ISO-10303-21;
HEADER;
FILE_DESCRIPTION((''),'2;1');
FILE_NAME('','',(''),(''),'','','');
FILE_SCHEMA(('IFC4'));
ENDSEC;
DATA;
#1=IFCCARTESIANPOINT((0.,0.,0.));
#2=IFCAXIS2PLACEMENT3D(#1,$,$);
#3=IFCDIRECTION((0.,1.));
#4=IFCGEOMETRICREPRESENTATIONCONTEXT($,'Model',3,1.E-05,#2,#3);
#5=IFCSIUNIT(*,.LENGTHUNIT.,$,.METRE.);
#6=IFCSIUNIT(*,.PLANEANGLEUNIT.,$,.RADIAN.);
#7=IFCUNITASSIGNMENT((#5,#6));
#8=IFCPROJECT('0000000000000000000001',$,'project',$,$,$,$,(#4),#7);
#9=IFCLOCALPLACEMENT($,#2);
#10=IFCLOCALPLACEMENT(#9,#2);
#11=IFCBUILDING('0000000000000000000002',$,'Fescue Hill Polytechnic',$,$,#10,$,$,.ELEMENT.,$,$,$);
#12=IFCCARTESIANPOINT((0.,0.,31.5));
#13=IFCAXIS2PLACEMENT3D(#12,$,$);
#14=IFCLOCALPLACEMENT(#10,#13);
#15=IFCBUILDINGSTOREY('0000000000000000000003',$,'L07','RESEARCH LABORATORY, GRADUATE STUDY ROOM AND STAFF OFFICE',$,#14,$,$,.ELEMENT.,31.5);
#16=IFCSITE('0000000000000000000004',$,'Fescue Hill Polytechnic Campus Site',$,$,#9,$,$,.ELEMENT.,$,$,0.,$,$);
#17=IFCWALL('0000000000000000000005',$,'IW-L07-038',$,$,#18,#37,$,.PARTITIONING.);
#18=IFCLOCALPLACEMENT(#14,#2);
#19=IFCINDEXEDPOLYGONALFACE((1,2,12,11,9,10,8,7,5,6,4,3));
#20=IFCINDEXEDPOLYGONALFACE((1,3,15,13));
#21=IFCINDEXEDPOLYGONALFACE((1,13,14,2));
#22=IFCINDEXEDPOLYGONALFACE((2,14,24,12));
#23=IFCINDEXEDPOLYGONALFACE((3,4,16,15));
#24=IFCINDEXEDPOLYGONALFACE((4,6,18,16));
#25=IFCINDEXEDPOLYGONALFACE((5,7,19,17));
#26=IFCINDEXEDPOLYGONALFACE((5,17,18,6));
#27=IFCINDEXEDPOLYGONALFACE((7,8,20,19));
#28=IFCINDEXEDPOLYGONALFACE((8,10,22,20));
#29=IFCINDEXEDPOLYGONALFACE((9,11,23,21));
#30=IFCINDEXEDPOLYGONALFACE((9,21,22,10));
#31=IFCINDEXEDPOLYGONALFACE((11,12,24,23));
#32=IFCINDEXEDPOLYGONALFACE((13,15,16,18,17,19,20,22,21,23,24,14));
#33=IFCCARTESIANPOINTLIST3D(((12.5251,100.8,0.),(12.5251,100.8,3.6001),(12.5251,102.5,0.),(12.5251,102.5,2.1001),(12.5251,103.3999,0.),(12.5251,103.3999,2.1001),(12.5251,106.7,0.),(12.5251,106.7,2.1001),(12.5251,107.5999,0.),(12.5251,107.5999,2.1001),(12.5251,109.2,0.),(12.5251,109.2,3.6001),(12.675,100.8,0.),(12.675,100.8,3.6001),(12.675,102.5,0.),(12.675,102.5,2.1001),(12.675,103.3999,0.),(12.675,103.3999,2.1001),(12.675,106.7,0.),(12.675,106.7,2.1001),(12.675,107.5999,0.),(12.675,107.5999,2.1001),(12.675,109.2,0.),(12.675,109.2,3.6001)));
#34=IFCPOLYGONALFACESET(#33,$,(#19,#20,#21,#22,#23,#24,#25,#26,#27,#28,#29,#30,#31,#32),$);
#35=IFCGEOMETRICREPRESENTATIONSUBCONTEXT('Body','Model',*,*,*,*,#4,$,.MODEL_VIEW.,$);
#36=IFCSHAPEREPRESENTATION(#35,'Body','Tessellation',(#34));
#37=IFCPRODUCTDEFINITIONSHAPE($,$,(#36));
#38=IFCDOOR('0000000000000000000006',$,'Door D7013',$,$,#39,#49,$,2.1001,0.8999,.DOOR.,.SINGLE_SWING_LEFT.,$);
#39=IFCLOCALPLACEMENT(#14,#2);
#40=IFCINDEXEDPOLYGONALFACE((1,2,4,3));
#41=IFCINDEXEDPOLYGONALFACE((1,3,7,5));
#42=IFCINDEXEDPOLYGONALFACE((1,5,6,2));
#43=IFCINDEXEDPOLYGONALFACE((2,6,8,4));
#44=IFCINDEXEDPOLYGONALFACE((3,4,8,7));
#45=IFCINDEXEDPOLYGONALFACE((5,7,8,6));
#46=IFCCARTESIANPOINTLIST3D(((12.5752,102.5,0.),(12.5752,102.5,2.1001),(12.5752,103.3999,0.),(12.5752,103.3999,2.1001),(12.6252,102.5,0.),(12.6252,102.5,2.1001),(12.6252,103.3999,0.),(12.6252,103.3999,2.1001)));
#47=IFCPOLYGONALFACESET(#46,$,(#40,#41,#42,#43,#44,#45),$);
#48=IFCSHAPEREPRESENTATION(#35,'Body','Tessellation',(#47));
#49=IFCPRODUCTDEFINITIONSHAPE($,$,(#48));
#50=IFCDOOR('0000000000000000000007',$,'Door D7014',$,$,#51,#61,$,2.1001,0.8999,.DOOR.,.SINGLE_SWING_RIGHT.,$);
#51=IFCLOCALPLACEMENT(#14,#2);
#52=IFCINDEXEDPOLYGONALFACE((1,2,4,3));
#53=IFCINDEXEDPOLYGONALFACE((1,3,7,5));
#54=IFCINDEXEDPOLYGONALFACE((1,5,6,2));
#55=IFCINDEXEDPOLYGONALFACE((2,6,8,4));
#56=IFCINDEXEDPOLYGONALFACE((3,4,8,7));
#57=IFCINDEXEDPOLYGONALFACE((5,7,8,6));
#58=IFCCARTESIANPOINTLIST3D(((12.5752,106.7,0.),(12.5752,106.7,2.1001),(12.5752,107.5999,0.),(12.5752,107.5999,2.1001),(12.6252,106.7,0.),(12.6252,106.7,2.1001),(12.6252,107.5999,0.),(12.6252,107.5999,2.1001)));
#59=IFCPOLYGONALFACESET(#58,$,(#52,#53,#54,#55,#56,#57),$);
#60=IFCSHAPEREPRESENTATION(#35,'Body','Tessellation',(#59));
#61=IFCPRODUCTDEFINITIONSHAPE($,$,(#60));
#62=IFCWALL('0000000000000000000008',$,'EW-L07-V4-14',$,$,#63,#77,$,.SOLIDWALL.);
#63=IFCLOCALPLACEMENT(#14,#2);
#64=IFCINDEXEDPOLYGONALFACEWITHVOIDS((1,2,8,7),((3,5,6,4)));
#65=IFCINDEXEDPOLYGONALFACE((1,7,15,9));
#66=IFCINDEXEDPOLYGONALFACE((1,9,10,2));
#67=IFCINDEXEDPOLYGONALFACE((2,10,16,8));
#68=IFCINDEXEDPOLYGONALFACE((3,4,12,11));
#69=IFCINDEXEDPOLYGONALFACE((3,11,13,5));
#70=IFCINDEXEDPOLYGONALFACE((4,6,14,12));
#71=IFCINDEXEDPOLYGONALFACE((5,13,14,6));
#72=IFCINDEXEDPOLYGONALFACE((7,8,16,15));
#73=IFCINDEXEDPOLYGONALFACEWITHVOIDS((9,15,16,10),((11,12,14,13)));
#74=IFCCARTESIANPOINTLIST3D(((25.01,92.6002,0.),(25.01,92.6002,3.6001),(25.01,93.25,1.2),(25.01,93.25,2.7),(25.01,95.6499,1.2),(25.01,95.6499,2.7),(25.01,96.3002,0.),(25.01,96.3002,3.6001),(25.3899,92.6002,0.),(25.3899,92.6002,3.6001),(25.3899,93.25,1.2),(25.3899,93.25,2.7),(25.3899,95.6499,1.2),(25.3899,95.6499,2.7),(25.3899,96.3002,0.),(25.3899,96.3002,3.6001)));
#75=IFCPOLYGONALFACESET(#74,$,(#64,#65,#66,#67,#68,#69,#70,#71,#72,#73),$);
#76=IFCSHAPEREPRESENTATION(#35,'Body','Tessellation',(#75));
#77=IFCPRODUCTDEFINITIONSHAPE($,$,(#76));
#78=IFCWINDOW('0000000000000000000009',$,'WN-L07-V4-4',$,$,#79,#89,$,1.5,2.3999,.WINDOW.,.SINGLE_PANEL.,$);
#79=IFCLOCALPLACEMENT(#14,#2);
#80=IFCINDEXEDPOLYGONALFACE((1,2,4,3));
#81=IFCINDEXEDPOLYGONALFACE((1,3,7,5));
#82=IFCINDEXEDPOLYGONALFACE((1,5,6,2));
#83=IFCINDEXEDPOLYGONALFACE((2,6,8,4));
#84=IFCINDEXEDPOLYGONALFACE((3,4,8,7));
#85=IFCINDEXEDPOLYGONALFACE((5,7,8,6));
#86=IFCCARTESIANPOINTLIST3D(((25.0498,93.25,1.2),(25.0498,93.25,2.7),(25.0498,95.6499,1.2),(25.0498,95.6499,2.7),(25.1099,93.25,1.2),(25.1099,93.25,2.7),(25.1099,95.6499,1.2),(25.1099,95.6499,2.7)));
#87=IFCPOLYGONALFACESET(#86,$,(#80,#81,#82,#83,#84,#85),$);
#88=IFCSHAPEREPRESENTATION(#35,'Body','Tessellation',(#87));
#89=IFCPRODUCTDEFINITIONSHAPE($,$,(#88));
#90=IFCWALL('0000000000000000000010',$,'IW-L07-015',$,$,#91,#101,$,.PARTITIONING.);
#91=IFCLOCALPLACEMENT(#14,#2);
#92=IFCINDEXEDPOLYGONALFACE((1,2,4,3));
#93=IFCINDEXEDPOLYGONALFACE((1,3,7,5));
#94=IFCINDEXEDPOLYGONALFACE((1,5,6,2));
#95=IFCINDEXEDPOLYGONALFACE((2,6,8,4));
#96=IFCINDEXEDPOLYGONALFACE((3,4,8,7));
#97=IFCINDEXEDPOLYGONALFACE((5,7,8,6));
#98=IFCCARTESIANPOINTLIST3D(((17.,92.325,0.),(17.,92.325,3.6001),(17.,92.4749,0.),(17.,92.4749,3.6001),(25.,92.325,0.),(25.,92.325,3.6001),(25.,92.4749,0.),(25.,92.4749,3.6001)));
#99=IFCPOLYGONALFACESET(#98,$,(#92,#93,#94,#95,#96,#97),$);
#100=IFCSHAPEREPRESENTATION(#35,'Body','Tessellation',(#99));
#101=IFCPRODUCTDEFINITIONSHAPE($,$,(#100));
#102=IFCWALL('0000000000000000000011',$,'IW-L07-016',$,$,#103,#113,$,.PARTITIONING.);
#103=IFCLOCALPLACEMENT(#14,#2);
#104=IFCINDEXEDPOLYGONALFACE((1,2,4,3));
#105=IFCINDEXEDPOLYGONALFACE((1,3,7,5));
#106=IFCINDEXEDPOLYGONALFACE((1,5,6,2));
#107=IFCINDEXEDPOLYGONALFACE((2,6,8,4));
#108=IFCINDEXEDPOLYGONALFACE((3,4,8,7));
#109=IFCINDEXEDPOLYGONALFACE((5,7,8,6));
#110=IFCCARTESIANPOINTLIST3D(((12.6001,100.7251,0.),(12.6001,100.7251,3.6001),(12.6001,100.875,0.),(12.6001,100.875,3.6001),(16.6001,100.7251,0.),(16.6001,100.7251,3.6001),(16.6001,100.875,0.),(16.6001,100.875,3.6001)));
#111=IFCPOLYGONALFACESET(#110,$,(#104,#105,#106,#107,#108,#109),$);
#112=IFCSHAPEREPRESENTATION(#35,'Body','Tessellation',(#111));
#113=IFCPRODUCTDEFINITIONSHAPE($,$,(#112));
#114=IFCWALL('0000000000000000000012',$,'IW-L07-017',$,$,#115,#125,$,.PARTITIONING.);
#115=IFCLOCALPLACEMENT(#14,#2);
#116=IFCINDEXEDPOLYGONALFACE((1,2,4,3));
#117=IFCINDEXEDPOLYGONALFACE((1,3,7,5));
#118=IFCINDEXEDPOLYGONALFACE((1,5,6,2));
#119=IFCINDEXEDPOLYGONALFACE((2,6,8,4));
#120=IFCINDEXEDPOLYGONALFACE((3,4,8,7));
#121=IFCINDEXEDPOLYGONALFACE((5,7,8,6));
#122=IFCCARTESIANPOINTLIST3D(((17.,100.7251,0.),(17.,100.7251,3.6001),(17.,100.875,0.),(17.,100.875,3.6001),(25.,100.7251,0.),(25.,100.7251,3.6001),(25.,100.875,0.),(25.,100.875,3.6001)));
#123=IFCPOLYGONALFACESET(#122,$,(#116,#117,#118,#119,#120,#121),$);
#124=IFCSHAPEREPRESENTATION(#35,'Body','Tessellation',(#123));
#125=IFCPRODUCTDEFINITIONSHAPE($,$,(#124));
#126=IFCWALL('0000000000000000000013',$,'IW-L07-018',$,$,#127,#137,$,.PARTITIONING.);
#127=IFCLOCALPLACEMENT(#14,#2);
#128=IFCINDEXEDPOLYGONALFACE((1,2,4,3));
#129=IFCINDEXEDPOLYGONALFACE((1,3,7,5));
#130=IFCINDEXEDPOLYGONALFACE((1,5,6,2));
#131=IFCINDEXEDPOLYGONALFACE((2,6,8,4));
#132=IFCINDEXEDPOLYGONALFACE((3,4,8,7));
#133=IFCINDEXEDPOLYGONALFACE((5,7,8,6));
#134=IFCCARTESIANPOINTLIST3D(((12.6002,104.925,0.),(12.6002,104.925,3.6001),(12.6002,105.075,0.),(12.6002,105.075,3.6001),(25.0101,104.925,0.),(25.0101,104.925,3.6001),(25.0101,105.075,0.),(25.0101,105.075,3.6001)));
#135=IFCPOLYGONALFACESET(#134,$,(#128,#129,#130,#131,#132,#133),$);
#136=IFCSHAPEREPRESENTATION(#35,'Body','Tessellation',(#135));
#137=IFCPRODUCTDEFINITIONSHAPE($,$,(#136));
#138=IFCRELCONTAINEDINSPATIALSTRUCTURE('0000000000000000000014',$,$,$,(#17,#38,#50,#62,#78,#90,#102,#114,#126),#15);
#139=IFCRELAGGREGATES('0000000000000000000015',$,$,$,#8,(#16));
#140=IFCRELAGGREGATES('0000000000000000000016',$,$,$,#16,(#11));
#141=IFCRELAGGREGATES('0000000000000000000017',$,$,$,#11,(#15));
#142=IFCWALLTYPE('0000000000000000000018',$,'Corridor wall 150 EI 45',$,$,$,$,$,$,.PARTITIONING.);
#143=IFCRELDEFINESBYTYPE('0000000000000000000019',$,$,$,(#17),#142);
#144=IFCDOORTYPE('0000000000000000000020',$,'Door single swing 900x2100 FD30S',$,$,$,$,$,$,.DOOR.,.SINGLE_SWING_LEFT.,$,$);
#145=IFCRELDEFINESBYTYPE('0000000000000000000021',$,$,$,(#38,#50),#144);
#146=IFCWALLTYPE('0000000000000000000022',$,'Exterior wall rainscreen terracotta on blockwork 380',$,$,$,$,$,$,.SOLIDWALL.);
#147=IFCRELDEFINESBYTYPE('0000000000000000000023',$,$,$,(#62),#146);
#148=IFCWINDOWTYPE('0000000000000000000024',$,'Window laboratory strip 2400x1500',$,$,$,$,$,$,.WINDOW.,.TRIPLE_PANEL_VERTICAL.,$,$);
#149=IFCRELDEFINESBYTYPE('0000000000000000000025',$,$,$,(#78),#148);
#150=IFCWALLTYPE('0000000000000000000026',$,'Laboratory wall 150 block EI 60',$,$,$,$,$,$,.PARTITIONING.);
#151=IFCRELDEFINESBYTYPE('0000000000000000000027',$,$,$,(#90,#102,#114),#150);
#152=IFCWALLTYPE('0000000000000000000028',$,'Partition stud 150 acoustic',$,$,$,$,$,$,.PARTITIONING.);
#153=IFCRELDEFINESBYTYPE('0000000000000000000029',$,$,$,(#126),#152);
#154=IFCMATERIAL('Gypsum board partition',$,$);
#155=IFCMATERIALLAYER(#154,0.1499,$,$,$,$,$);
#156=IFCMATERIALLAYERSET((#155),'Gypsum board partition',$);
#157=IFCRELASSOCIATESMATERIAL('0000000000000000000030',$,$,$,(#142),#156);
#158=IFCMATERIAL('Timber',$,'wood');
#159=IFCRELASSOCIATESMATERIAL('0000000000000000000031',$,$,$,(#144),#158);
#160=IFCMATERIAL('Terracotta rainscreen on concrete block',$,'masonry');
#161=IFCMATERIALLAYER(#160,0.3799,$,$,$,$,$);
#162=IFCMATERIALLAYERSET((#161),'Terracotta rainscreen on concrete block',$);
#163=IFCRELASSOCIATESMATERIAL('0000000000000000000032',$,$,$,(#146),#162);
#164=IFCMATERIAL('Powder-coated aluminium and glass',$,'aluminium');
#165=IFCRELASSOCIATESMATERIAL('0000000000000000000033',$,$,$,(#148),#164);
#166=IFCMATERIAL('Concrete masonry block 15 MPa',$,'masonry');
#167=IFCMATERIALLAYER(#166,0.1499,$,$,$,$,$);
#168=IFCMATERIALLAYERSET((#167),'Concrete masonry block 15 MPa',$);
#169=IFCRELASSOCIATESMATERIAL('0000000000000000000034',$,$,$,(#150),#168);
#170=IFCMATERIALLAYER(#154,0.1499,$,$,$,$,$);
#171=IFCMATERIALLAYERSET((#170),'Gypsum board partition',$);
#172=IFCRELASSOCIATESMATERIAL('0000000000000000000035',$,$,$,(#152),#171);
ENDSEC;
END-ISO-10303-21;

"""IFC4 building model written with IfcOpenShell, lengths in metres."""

from ifc_helpers import new_model, si_unit, direction, frame, frame_2d, origin, place, context, subcontext, project, spatial, rectangle, extrude, material, layer, layer_set, type_object, element, fill, save


model = new_model("IFC4")

# Units and contexts
model_context = context("Model", 3, precision=1e-05, world=origin(), true_north=direction((0.0, 1.0)))
body_context = subcontext(model_context, "Body", "Model", "MODEL_VIEW")
ifc_project = project(units=[si_unit("LENGTHUNIT", "METRE"), si_unit("PLANEANGLEUNIT", "RADIAN")], contexts=[model_context])

# Site, building, storey
site_placement = place(None, origin())
site = spatial("IfcSite", under=ifc_project, at=site_placement, Name="Fescue Hill Polytechnic Campus Site", CompositionType="ELEMENT", RefElevation=0.0)
building_placement = place(site_placement, origin())
building = spatial("IfcBuilding", under=site, at=building_placement, Name="Fescue Hill Polytechnic", CompositionType="ELEMENT")
storey_placement = place(building_placement, frame((0.0, 0.0, 31.5)))
storey = spatial("IfcBuildingStorey", under=building, at=storey_placement, Name="L07", Description="RESEARCH LABORATORY, GRADUATE STUDY ROOM AND STAFF OFFICE", CompositionType="ELEMENT", Elevation=31.5)

# Wall, openings, doors
ifc_material_1 = material(Name="Gypsum board partition")
ifc_layer_1 = layer(ifc_material_1, 0.1499)
ifc_layer_set_1 = layer_set([ifc_layer_1], Name="Gypsum board partition")
wall_type_1 = type_object("IfcWallType", Name="Corridor wall 150 EI 45", PredefinedType="PARTITIONING", material=ifc_layer_set_1)
wall_1_placement = place(storey_placement, frame((12.6001, 100.8, 0.0), z_axis=(0.0, 0.0, 1.0), x_axis=(0.0, 1.0, 0.0)))
wall_1 = element("IfcWall", 1, at=wall_1_placement, inside=storey, type_object=wall_type_1, Name="IW-L07-038", PredefinedType="PARTITIONING", context=body_context, shape_type="SweptSolid", body=[
    extrude(rectangle(XDim=8.3999, YDim=0.1499, at=frame_2d((4.2, 0.0))), origin(), (0.0, 0.0, 1.0), 3.6001),
])
opening_1_placement = place(wall_1_placement, frame((1.7, 0.0, 0.0)))
opening_1 = element("IfcOpeningElement", 2, at=opening_1_placement, cuts=wall_1, PredefinedType="OPENING", context=body_context, shape_type="SweptSolid", body=[
    extrude(rectangle(XDim=0.8999, YDim=2.1001, at=frame_2d((0.45, 1.05))), frame((0.0, 0.085, 0.0), z_axis=(0.0, -1.0, 0.0), x_axis=(1.0, 0.0, 0.0)), (0.0, 0.0, 1.0), 0.1699),
])
opening_2_placement = place(wall_1_placement, frame((5.8999, 0.0, 0.0)))
opening_2 = element("IfcOpeningElement", 3, at=opening_2_placement, cuts=wall_1, PredefinedType="OPENING", context=body_context, shape_type="SweptSolid", body=[
    extrude(rectangle(XDim=0.8999, YDim=2.1001, at=frame_2d((0.45, 1.05))), frame((0.0, 0.085, 0.0), z_axis=(0.0, -1.0, 0.0), x_axis=(1.0, 0.0, 0.0)), (0.0, 0.0, 1.0), 0.1699),
])
ifc_material_2 = material(Name="Timber", Category="wood")
door_type = type_object("IfcDoorType", Name="Door single swing 900x2100 FD30S", OperationType="SINGLE_SWING_LEFT", PredefinedType="DOOR", material=ifc_material_2)
door_1_placement = place(opening_1_placement, origin())
door_1 = element("IfcDoor", 4, at=door_1_placement, inside=storey, type_object=door_type, Name="Door D7013", OperationType="SINGLE_SWING_LEFT", OverallHeight=2.1001, OverallWidth=0.8999, PredefinedType="DOOR", context=body_context, shape_type="SweptSolid", body=[
    extrude(rectangle(XDim=0.8999, YDim=2.1001, at=frame_2d((0.45, 1.05))), frame((0.0, 0.0249, 0.0), z_axis=(0.0, -1.0, 0.0), x_axis=(1.0, 0.0, 0.0)), (0.0, 0.0, 1.0), 0.05),
])
fill(opening_1, door_1)
door_2_placement = place(opening_2_placement, origin())
door_2 = element("IfcDoor", 5, at=door_2_placement, inside=storey, type_object=door_type, Name="Door D7014", OperationType="SINGLE_SWING_RIGHT", OverallHeight=2.1001, OverallWidth=0.8999, PredefinedType="DOOR", context=body_context, shape_type="SweptSolid", body=[
    extrude(rectangle(XDim=0.8999, YDim=2.1001, at=frame_2d((0.45, 1.05))), frame((0.0, 0.0249, 0.0), z_axis=(0.0, -1.0, 0.0), x_axis=(1.0, 0.0, 0.0)), (0.0, 0.0, 1.0), 0.05),
])
fill(opening_2, door_2)

# Wall, opening, window
ifc_material_3 = material(Name="Terracotta rainscreen on concrete block", Category="masonry")
ifc_layer_2 = layer(ifc_material_3, 0.3799)
ifc_layer_set_2 = layer_set([ifc_layer_2], Name="Terracotta rainscreen on concrete block")
wall_type_2 = type_object("IfcWallType", Name="Exterior wall rainscreen terracotta on blockwork 380", PredefinedType="SOLIDWALL", material=ifc_layer_set_2)
wall_2_placement = place(storey_placement, frame((25.2, 92.6001, 0.0), z_axis=(0.0, 0.0, 1.0), x_axis=(0.0, 1.0, 0.0)))
wall_2 = element("IfcWall", 6, at=wall_2_placement, inside=storey, type_object=wall_type_2, Name="EW-L07-V4-14", PredefinedType="SOLIDWALL", context=body_context, shape_type="SweptSolid", body=[
    extrude(rectangle(XDim=3.7, YDim=0.3799, at=frame_2d((1.8501, 0.0))), origin(), (0.0, 0.0, 1.0), 3.6001),
])
opening_3_placement = place(wall_2_placement, frame((0.6499, 0.0, 1.2)))
opening_3 = element("IfcOpeningElement", 7, at=opening_3_placement, cuts=wall_2, PredefinedType="OPENING", context=body_context, shape_type="SweptSolid", body=[
    extrude(rectangle(XDim=2.3999, YDim=1.5, at=frame_2d((1.2, 0.75))), frame((0.0, 0.2, 0.0), z_axis=(0.0, -1.0, 0.0), x_axis=(1.0, 0.0, 0.0)), (0.0, 0.0, 1.0), 0.3999),
])
ifc_material_4 = material(Name="Powder-coated aluminium and glass", Category="aluminium")
window_type = type_object("IfcWindowType", Name="Window laboratory strip 2400x1500", PartitioningType="TRIPLE_PANEL_VERTICAL", PredefinedType="WINDOW", material=ifc_material_4)
window_placement = place(opening_3_placement, origin())
window = element("IfcWindow", 8, at=window_placement, inside=storey, type_object=window_type, Name="WN-L07-V4-4", OverallHeight=1.5, OverallWidth=2.3999, PartitioningType="SINGLE_PANEL", PredefinedType="WINDOW", context=body_context, shape_type="SweptSolid", body=[
    extrude(rectangle(XDim=2.3999, YDim=1.5, at=frame_2d((1.2, 0.75))), frame((0.0, 0.1501, 0.0), z_axis=(0.0, -1.0, 0.0), x_axis=(1.0, 0.0, 0.0)), (0.0, 0.0, 1.0), 0.0601),
])
fill(opening_3, window)

# Walls
ifc_material_5 = material(Name="Concrete masonry block 15 MPa", Category="masonry")
ifc_layer_3 = layer(ifc_material_5, 0.1499)
ifc_layer_set_3 = layer_set([ifc_layer_3], Name="Concrete masonry block 15 MPa")
wall_type_3 = type_object("IfcWallType", Name="Laboratory wall 150 block EI 60", PredefinedType="PARTITIONING", material=ifc_layer_set_3)
wall_3_placement = place(storey_placement, frame((17.0, 92.3999, 0.0), z_axis=(0.0, 0.0, 1.0), x_axis=(1.0, 0.0, 0.0)))
element("IfcWall", 9, at=wall_3_placement, inside=storey, type_object=wall_type_3, Name="IW-L07-015", PredefinedType="PARTITIONING", context=body_context, shape_type="SweptSolid", body=[
    extrude(rectangle(XDim=8.0, YDim=0.1499, at=frame_2d((4.0, 0.0))), origin(), (0.0, 0.0, 1.0), 3.6001),
])
wall_4_placement = place(storey_placement, frame((12.6001, 100.8, 0.0), z_axis=(0.0, 0.0, 1.0), x_axis=(1.0, 0.0, 0.0)))
element("IfcWall", 10, at=wall_4_placement, inside=storey, type_object=wall_type_3, Name="IW-L07-016", PredefinedType="PARTITIONING", context=body_context, shape_type="SweptSolid", body=[
    extrude(rectangle(XDim=4.0, YDim=0.1499, at=frame_2d((2.0, 0.0))), origin(), (0.0, 0.0, 1.0), 3.6001),
])
wall_5_placement = place(storey_placement, frame((17.0, 100.8, 0.0), z_axis=(0.0, 0.0, 1.0), x_axis=(1.0, 0.0, 0.0)))
element("IfcWall", 11, at=wall_5_placement, inside=storey, type_object=wall_type_3, Name="IW-L07-017", PredefinedType="PARTITIONING", context=body_context, shape_type="SweptSolid", body=[
    extrude(rectangle(XDim=8.0, YDim=0.1499, at=frame_2d((4.0, 0.0))), origin(), (0.0, 0.0, 1.0), 3.6001),
])
ifc_layer_4 = layer(ifc_material_1, 0.1499)
ifc_layer_set_4 = layer_set([ifc_layer_4], Name="Gypsum board partition")
wall_type_4 = type_object("IfcWallType", Name="Partition stud 150 acoustic", PredefinedType="PARTITIONING", material=ifc_layer_set_4)
wall_6_placement = place(storey_placement, frame((12.6001, 105.0, 0.0), z_axis=(0.0, 0.0, 1.0), x_axis=(1.0, 0.0, 0.0)))
element("IfcWall", 12, at=wall_6_placement, inside=storey, type_object=wall_type_4, Name="IW-L07-018", PredefinedType="PARTITIONING", context=body_context, shape_type="SweptSolid", body=[
    extrude(rectangle(XDim=12.4099, YDim=0.1499, at=frame_2d((6.2051, 0.0))), origin(), (0.0, 0.0, 1.0), 3.6001),
])

save(model, "model.ifc")
